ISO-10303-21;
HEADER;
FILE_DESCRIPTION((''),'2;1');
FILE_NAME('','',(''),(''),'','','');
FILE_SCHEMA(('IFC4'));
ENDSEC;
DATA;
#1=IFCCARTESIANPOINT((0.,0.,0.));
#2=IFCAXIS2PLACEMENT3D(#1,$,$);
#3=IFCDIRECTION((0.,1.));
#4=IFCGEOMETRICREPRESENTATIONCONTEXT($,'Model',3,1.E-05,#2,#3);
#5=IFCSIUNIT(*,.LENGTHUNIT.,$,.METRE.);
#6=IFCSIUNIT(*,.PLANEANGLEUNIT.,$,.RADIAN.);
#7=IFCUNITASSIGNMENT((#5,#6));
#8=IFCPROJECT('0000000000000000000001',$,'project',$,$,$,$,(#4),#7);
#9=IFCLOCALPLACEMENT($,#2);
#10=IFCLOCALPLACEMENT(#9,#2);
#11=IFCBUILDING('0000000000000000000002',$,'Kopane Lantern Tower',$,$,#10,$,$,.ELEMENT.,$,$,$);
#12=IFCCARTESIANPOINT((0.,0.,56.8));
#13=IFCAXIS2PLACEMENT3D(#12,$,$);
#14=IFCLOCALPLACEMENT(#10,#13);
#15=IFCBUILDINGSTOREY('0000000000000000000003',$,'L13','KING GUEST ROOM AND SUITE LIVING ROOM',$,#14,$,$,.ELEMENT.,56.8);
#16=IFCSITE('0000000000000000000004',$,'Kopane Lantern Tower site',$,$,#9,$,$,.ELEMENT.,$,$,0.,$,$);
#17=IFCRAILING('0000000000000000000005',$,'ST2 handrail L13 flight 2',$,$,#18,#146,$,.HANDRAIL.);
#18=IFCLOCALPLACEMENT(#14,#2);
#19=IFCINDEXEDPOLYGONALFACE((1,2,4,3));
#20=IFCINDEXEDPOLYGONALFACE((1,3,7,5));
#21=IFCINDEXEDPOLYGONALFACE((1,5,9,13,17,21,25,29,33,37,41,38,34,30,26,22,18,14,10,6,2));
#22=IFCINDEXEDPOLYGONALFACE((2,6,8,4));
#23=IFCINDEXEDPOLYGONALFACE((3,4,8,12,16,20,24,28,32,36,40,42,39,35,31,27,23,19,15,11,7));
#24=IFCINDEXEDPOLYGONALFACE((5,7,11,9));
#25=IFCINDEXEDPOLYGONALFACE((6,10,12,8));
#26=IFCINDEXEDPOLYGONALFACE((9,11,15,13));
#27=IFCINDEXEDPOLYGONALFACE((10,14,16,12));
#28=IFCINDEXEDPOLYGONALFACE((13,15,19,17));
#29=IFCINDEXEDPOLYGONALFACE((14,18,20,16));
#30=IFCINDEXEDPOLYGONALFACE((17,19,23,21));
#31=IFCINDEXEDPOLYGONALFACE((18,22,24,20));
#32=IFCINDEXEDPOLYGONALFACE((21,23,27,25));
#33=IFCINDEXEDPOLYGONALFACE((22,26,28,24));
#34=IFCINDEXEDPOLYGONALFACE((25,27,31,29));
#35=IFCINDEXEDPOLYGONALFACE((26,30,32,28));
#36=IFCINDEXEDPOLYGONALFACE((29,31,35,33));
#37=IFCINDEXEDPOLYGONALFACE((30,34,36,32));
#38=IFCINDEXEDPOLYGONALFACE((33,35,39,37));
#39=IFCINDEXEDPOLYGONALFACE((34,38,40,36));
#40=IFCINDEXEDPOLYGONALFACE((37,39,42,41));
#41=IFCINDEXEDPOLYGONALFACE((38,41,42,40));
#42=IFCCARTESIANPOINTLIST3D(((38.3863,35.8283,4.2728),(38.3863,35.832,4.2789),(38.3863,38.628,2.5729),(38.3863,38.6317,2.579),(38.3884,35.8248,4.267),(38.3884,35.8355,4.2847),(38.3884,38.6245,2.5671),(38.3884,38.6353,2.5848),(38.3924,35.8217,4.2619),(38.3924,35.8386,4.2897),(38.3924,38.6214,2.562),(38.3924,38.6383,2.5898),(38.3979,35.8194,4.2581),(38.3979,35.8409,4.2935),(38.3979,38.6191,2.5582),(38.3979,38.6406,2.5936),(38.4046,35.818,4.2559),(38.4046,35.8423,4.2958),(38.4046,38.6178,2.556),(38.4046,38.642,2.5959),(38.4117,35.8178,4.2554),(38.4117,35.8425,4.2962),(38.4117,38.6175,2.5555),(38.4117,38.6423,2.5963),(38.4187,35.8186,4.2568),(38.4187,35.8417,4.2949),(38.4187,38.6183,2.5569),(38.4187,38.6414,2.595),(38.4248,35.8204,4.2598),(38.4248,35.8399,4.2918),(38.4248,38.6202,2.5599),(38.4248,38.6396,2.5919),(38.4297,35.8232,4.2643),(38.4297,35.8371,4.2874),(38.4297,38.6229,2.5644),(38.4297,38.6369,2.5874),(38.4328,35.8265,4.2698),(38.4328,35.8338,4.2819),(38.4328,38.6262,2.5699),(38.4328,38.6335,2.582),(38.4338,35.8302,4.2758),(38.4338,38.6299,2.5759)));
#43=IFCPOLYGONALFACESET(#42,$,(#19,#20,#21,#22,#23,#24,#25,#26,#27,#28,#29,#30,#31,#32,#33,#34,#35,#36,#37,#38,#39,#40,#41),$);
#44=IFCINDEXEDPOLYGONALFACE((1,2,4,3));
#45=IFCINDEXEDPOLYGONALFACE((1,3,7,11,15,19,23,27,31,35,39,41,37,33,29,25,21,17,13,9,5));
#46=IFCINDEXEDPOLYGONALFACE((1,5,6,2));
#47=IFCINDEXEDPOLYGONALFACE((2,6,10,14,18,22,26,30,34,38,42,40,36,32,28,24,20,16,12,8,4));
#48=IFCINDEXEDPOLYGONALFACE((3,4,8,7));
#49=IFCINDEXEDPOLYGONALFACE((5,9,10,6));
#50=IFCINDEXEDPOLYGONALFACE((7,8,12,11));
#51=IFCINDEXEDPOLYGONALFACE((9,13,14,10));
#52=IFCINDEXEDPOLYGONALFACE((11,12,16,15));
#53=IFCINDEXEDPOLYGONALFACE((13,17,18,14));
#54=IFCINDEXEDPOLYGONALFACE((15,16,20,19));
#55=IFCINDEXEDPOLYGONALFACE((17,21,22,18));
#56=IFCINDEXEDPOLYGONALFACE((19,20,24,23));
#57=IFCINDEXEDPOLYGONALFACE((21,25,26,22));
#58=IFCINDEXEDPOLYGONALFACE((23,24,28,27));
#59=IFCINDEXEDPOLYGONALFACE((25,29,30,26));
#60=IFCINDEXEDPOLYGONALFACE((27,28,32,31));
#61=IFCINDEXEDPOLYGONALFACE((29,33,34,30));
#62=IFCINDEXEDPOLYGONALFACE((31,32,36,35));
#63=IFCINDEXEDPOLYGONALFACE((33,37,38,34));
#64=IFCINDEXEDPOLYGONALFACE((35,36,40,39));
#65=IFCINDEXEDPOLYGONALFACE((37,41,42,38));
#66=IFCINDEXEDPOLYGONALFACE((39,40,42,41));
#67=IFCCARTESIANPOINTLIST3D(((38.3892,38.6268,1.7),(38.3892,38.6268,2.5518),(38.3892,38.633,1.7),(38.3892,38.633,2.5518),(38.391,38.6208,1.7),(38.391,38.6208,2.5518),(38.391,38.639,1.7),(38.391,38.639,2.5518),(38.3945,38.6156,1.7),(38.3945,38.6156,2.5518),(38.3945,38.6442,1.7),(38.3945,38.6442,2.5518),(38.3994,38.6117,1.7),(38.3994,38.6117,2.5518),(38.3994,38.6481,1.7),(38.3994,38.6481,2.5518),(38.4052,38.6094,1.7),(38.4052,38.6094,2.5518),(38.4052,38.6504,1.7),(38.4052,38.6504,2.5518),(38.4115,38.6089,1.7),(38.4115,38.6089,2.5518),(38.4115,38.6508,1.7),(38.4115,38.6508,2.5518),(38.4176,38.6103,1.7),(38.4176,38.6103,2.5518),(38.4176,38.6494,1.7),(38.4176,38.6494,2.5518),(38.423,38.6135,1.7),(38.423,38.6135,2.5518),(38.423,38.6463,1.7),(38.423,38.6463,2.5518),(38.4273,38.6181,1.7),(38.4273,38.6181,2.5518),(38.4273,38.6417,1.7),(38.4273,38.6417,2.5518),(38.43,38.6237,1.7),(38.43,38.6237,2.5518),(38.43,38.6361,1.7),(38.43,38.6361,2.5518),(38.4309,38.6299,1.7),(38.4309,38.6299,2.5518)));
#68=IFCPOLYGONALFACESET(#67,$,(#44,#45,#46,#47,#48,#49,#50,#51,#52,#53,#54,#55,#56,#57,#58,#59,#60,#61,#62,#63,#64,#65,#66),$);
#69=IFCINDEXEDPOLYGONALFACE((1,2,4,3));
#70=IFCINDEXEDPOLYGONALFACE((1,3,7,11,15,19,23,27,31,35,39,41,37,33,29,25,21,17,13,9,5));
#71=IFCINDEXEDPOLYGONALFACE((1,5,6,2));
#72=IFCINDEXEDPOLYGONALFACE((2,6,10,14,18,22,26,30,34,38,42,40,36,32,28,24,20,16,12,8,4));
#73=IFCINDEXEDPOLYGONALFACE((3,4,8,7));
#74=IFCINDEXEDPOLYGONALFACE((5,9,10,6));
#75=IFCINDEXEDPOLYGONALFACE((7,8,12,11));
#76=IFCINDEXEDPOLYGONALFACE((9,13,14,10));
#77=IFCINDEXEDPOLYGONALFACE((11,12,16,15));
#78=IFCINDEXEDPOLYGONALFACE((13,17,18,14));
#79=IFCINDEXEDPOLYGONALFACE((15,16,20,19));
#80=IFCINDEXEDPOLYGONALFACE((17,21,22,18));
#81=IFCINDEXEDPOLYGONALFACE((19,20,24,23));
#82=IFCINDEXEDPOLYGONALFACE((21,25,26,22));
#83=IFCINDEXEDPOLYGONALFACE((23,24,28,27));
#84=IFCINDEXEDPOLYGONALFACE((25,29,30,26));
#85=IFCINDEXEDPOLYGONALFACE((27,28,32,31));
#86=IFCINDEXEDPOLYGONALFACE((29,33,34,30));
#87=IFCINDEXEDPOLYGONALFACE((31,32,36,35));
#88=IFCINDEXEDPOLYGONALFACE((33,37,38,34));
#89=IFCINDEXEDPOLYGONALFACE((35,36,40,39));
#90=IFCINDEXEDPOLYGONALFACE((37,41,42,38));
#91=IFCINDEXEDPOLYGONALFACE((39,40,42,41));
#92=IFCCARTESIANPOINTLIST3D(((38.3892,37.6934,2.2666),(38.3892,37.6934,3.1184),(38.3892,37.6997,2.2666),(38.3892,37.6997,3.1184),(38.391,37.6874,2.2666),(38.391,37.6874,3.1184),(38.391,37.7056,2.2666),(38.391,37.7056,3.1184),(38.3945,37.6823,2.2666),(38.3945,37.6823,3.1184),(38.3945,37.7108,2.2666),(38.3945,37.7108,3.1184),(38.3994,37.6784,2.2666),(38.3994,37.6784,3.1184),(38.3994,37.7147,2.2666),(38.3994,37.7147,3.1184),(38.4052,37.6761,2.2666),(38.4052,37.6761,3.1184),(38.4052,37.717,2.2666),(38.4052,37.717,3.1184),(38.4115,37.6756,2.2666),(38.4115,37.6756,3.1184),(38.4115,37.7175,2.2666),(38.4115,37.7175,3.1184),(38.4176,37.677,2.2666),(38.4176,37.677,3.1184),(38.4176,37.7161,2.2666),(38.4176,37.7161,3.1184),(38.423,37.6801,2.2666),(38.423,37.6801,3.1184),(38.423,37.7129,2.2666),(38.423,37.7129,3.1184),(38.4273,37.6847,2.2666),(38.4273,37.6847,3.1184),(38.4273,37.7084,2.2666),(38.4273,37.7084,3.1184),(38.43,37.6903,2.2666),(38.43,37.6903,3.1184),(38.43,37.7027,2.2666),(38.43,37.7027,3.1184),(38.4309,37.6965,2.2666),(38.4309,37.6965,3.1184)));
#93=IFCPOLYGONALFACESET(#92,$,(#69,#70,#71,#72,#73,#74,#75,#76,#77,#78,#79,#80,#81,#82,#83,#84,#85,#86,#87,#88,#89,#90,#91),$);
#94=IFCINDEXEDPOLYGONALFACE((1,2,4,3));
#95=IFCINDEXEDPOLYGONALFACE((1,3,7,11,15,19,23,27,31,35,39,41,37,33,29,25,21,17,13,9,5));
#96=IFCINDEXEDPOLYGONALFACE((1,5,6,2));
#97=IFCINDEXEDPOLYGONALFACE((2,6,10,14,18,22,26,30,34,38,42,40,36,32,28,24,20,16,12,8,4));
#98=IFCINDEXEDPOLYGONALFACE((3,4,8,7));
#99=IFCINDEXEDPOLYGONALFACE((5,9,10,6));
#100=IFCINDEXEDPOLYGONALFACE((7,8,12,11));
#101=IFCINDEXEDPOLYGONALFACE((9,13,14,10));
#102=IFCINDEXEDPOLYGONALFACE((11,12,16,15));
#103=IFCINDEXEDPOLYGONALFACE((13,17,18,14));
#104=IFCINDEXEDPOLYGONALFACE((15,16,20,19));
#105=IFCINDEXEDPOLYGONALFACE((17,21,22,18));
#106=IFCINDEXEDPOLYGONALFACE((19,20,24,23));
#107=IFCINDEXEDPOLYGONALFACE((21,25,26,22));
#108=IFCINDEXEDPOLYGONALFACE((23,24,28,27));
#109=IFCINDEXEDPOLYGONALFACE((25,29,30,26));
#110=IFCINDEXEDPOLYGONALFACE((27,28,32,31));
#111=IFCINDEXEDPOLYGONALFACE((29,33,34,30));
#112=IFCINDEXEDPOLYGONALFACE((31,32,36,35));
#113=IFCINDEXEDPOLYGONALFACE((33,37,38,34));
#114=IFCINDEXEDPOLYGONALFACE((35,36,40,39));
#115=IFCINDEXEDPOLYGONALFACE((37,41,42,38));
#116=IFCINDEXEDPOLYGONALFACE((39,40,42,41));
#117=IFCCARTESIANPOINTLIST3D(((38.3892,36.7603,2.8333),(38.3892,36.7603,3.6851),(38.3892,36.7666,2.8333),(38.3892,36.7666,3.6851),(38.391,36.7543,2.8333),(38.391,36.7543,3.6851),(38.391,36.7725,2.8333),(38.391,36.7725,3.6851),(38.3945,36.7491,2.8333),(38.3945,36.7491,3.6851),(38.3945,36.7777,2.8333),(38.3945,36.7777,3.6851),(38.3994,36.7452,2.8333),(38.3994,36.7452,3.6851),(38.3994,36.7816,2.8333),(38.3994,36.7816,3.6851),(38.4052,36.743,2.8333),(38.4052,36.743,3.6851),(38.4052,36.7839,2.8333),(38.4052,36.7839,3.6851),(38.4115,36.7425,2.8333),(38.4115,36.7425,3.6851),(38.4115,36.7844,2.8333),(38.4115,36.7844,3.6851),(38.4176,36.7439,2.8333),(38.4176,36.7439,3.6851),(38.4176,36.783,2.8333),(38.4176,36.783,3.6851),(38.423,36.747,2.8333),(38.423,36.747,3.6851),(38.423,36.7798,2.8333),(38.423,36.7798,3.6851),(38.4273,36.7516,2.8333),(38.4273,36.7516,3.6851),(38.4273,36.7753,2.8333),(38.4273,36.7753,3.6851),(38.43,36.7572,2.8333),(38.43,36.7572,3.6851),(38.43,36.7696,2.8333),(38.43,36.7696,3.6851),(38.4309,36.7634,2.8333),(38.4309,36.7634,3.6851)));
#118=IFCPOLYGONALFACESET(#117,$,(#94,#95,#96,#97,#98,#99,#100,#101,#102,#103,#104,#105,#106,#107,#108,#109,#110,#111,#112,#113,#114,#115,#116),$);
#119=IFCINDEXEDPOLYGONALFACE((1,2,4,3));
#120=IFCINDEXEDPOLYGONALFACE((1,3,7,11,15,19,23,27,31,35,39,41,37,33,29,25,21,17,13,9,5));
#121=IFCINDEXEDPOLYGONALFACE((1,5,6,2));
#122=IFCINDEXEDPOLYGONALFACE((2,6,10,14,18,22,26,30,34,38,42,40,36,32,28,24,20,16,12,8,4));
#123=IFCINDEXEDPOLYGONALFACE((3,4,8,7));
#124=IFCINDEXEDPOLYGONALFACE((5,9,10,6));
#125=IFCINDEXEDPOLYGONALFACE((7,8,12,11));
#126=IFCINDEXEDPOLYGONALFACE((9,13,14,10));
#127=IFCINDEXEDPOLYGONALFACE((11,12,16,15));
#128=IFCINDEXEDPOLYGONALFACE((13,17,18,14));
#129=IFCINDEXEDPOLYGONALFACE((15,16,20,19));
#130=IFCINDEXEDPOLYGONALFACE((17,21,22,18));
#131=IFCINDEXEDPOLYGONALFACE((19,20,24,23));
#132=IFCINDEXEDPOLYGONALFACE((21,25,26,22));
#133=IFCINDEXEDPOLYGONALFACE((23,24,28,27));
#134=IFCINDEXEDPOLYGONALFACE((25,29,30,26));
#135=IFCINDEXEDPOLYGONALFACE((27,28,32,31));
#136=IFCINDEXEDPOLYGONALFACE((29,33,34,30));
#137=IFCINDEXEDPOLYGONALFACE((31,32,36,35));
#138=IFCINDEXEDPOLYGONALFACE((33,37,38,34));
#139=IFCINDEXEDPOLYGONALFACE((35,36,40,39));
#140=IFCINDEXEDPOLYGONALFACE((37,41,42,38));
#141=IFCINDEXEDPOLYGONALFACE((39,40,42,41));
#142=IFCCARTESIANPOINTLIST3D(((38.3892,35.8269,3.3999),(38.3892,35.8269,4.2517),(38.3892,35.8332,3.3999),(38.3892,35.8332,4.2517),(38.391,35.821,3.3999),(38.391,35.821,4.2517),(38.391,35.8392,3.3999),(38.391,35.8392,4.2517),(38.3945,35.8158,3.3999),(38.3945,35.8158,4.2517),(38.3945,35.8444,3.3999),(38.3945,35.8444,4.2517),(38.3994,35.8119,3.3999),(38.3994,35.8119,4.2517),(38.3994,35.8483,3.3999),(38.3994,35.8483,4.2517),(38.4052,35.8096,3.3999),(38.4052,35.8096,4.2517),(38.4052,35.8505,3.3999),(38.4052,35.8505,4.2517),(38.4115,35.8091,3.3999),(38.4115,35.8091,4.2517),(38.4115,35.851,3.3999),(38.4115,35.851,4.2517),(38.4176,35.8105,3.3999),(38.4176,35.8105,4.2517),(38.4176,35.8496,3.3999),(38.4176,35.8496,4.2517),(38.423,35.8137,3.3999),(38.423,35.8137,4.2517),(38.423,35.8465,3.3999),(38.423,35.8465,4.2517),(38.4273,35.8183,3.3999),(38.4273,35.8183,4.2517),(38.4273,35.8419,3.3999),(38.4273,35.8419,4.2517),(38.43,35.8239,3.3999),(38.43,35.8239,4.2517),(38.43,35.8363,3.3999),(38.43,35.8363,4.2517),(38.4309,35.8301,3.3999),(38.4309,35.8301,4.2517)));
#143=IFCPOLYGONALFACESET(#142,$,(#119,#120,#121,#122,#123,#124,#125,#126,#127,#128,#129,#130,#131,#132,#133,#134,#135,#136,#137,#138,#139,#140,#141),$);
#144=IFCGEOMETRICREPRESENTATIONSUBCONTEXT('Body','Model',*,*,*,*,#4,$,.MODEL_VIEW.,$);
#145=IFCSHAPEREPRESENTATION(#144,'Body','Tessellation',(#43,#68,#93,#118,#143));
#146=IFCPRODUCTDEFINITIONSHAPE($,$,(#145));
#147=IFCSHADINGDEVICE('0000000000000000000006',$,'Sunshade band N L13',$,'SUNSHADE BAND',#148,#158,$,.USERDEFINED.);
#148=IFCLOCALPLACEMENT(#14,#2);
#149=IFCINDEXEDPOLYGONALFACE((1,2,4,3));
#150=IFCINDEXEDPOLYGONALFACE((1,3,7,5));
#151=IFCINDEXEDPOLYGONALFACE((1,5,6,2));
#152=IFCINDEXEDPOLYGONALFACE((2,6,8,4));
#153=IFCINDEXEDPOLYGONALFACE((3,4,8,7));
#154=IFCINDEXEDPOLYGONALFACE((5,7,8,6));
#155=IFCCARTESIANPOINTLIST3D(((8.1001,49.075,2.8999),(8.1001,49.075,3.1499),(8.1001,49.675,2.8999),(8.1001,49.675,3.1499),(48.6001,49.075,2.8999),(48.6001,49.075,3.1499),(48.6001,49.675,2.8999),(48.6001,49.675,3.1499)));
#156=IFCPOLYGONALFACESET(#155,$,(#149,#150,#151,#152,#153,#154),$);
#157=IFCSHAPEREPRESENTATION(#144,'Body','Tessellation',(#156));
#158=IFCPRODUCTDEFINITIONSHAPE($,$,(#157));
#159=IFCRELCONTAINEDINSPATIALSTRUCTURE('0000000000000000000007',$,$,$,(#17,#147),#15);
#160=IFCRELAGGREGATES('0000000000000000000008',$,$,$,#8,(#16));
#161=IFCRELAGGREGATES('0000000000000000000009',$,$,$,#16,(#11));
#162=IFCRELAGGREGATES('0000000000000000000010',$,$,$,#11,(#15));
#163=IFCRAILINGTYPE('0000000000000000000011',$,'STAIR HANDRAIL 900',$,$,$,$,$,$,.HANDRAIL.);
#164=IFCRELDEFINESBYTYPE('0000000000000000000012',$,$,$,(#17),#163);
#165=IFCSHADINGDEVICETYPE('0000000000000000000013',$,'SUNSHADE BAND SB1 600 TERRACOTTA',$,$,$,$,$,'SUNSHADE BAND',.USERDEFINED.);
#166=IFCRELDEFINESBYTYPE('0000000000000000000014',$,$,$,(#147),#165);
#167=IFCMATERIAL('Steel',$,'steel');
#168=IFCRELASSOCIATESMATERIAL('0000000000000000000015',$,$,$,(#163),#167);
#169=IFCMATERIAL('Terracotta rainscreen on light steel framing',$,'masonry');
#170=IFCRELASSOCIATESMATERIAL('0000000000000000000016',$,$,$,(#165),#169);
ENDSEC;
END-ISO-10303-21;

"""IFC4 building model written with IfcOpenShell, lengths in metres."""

from ifc_helpers import new_model, si_unit, direction, frame, origin, origin_2d, place, context, subcontext, project, spatial, rectangle, circle, extrude, material, type_object, element, save


model = new_model("IFC4")

# Units and contexts
model_context = context("Model", 3, precision=1e-05, world=origin(), true_north=direction((0.0, 1.0)))
body_context = subcontext(model_context, "Body", "Model", "MODEL_VIEW")
ifc_project = project(units=[si_unit("LENGTHUNIT", "METRE"), si_unit("PLANEANGLEUNIT", "RADIAN")], contexts=[model_context])

# Site, building, storey
site_placement = place(None, origin())
site = spatial("IfcSite", under=ifc_project, at=site_placement, Name="Kopane Lantern Tower site", CompositionType="ELEMENT", RefElevation=0.0)
building_placement = place(site_placement, origin())
building = spatial("IfcBuilding", under=site, at=building_placement, Name="Kopane Lantern Tower", CompositionType="ELEMENT")
storey_placement = place(building_placement, frame((0.0, 0.0, 56.8)))
storey = spatial("IfcBuildingStorey", under=building, at=storey_placement, Name="L13", Description="KING GUEST ROOM AND SUITE LIVING ROOM", CompositionType="ELEMENT", Elevation=56.8)

# Railing
ifc_material_1 = material(Name="Steel", Category="steel")
railing_type = type_object("IfcRailingType", Name="STAIR HANDRAIL 900", PredefinedType="HANDRAIL", material=ifc_material_1)
for number, where, name in (
    (1, (38.4099, 38.6299, 1.7), "ST2 handrail L13 flight 2"),
):
    element("IfcRailing", number, at=place(storey_placement, frame(where)), inside=storey, type_object=railing_type, Name=name, PredefinedType="HANDRAIL", context=body_context, shape_type="SweptSolid", body=[
        extrude(circle(Radius=0.0239, at=origin_2d()), frame((0.0, 0.0, 0.876), z_axis=(0.0, -0.854778, 0.518994), x_axis=(1.0, 0.0, 0.0)), (0.0, 0.0, 1.0), 3.2754),
        extrude(circle(Radius=0.021, at=origin_2d()), origin(), (0.0, 0.0, 1.0), 0.8518),
        extrude(circle(Radius=0.021, at=origin_2d()), frame((0.0, -0.9333, 0.5667)), (0.0, 0.0, 1.0), 0.8518),
        extrude(circle(Radius=0.021, at=origin_2d()), frame((0.0, -1.8665, 1.1333)), (0.0, 0.0, 1.0), 0.8518),
        extrude(circle(Radius=0.021, at=origin_2d()), frame((0.0, -2.7998, 1.7)), (0.0, 0.0, 1.0), 0.8518),
    ])

# Shading device
ifc_material_2 = material(Name="Terracotta rainscreen on light steel framing", Category="masonry")
shading_device_type = type_object("IfcShadingDeviceType", Name="SUNSHADE BAND SB1 600 TERRACOTTA", ElementType="SUNSHADE BAND", PredefinedType="USERDEFINED", material=ifc_material_2)
shading_device_placement = place(storey_placement, frame((28.3501, 49.375, 2.8999), z_axis=(0.0, 0.0, 1.0), x_axis=(-1.0, 0.0, 0.0)))
element("IfcShadingDevice", 2, at=shading_device_placement, inside=storey, type_object=shading_device_type, Name="Sunshade band N L13", ObjectType="SUNSHADE BAND", PredefinedType="USERDEFINED", context=body_context, shape_type="SweptSolid", body=[
    extrude(rectangle(XDim=40.5, YDim=0.6001, at=origin_2d()), origin(), (0.0, 0.0, 1.0), 0.25),
])

save(model, "model.ifc")
